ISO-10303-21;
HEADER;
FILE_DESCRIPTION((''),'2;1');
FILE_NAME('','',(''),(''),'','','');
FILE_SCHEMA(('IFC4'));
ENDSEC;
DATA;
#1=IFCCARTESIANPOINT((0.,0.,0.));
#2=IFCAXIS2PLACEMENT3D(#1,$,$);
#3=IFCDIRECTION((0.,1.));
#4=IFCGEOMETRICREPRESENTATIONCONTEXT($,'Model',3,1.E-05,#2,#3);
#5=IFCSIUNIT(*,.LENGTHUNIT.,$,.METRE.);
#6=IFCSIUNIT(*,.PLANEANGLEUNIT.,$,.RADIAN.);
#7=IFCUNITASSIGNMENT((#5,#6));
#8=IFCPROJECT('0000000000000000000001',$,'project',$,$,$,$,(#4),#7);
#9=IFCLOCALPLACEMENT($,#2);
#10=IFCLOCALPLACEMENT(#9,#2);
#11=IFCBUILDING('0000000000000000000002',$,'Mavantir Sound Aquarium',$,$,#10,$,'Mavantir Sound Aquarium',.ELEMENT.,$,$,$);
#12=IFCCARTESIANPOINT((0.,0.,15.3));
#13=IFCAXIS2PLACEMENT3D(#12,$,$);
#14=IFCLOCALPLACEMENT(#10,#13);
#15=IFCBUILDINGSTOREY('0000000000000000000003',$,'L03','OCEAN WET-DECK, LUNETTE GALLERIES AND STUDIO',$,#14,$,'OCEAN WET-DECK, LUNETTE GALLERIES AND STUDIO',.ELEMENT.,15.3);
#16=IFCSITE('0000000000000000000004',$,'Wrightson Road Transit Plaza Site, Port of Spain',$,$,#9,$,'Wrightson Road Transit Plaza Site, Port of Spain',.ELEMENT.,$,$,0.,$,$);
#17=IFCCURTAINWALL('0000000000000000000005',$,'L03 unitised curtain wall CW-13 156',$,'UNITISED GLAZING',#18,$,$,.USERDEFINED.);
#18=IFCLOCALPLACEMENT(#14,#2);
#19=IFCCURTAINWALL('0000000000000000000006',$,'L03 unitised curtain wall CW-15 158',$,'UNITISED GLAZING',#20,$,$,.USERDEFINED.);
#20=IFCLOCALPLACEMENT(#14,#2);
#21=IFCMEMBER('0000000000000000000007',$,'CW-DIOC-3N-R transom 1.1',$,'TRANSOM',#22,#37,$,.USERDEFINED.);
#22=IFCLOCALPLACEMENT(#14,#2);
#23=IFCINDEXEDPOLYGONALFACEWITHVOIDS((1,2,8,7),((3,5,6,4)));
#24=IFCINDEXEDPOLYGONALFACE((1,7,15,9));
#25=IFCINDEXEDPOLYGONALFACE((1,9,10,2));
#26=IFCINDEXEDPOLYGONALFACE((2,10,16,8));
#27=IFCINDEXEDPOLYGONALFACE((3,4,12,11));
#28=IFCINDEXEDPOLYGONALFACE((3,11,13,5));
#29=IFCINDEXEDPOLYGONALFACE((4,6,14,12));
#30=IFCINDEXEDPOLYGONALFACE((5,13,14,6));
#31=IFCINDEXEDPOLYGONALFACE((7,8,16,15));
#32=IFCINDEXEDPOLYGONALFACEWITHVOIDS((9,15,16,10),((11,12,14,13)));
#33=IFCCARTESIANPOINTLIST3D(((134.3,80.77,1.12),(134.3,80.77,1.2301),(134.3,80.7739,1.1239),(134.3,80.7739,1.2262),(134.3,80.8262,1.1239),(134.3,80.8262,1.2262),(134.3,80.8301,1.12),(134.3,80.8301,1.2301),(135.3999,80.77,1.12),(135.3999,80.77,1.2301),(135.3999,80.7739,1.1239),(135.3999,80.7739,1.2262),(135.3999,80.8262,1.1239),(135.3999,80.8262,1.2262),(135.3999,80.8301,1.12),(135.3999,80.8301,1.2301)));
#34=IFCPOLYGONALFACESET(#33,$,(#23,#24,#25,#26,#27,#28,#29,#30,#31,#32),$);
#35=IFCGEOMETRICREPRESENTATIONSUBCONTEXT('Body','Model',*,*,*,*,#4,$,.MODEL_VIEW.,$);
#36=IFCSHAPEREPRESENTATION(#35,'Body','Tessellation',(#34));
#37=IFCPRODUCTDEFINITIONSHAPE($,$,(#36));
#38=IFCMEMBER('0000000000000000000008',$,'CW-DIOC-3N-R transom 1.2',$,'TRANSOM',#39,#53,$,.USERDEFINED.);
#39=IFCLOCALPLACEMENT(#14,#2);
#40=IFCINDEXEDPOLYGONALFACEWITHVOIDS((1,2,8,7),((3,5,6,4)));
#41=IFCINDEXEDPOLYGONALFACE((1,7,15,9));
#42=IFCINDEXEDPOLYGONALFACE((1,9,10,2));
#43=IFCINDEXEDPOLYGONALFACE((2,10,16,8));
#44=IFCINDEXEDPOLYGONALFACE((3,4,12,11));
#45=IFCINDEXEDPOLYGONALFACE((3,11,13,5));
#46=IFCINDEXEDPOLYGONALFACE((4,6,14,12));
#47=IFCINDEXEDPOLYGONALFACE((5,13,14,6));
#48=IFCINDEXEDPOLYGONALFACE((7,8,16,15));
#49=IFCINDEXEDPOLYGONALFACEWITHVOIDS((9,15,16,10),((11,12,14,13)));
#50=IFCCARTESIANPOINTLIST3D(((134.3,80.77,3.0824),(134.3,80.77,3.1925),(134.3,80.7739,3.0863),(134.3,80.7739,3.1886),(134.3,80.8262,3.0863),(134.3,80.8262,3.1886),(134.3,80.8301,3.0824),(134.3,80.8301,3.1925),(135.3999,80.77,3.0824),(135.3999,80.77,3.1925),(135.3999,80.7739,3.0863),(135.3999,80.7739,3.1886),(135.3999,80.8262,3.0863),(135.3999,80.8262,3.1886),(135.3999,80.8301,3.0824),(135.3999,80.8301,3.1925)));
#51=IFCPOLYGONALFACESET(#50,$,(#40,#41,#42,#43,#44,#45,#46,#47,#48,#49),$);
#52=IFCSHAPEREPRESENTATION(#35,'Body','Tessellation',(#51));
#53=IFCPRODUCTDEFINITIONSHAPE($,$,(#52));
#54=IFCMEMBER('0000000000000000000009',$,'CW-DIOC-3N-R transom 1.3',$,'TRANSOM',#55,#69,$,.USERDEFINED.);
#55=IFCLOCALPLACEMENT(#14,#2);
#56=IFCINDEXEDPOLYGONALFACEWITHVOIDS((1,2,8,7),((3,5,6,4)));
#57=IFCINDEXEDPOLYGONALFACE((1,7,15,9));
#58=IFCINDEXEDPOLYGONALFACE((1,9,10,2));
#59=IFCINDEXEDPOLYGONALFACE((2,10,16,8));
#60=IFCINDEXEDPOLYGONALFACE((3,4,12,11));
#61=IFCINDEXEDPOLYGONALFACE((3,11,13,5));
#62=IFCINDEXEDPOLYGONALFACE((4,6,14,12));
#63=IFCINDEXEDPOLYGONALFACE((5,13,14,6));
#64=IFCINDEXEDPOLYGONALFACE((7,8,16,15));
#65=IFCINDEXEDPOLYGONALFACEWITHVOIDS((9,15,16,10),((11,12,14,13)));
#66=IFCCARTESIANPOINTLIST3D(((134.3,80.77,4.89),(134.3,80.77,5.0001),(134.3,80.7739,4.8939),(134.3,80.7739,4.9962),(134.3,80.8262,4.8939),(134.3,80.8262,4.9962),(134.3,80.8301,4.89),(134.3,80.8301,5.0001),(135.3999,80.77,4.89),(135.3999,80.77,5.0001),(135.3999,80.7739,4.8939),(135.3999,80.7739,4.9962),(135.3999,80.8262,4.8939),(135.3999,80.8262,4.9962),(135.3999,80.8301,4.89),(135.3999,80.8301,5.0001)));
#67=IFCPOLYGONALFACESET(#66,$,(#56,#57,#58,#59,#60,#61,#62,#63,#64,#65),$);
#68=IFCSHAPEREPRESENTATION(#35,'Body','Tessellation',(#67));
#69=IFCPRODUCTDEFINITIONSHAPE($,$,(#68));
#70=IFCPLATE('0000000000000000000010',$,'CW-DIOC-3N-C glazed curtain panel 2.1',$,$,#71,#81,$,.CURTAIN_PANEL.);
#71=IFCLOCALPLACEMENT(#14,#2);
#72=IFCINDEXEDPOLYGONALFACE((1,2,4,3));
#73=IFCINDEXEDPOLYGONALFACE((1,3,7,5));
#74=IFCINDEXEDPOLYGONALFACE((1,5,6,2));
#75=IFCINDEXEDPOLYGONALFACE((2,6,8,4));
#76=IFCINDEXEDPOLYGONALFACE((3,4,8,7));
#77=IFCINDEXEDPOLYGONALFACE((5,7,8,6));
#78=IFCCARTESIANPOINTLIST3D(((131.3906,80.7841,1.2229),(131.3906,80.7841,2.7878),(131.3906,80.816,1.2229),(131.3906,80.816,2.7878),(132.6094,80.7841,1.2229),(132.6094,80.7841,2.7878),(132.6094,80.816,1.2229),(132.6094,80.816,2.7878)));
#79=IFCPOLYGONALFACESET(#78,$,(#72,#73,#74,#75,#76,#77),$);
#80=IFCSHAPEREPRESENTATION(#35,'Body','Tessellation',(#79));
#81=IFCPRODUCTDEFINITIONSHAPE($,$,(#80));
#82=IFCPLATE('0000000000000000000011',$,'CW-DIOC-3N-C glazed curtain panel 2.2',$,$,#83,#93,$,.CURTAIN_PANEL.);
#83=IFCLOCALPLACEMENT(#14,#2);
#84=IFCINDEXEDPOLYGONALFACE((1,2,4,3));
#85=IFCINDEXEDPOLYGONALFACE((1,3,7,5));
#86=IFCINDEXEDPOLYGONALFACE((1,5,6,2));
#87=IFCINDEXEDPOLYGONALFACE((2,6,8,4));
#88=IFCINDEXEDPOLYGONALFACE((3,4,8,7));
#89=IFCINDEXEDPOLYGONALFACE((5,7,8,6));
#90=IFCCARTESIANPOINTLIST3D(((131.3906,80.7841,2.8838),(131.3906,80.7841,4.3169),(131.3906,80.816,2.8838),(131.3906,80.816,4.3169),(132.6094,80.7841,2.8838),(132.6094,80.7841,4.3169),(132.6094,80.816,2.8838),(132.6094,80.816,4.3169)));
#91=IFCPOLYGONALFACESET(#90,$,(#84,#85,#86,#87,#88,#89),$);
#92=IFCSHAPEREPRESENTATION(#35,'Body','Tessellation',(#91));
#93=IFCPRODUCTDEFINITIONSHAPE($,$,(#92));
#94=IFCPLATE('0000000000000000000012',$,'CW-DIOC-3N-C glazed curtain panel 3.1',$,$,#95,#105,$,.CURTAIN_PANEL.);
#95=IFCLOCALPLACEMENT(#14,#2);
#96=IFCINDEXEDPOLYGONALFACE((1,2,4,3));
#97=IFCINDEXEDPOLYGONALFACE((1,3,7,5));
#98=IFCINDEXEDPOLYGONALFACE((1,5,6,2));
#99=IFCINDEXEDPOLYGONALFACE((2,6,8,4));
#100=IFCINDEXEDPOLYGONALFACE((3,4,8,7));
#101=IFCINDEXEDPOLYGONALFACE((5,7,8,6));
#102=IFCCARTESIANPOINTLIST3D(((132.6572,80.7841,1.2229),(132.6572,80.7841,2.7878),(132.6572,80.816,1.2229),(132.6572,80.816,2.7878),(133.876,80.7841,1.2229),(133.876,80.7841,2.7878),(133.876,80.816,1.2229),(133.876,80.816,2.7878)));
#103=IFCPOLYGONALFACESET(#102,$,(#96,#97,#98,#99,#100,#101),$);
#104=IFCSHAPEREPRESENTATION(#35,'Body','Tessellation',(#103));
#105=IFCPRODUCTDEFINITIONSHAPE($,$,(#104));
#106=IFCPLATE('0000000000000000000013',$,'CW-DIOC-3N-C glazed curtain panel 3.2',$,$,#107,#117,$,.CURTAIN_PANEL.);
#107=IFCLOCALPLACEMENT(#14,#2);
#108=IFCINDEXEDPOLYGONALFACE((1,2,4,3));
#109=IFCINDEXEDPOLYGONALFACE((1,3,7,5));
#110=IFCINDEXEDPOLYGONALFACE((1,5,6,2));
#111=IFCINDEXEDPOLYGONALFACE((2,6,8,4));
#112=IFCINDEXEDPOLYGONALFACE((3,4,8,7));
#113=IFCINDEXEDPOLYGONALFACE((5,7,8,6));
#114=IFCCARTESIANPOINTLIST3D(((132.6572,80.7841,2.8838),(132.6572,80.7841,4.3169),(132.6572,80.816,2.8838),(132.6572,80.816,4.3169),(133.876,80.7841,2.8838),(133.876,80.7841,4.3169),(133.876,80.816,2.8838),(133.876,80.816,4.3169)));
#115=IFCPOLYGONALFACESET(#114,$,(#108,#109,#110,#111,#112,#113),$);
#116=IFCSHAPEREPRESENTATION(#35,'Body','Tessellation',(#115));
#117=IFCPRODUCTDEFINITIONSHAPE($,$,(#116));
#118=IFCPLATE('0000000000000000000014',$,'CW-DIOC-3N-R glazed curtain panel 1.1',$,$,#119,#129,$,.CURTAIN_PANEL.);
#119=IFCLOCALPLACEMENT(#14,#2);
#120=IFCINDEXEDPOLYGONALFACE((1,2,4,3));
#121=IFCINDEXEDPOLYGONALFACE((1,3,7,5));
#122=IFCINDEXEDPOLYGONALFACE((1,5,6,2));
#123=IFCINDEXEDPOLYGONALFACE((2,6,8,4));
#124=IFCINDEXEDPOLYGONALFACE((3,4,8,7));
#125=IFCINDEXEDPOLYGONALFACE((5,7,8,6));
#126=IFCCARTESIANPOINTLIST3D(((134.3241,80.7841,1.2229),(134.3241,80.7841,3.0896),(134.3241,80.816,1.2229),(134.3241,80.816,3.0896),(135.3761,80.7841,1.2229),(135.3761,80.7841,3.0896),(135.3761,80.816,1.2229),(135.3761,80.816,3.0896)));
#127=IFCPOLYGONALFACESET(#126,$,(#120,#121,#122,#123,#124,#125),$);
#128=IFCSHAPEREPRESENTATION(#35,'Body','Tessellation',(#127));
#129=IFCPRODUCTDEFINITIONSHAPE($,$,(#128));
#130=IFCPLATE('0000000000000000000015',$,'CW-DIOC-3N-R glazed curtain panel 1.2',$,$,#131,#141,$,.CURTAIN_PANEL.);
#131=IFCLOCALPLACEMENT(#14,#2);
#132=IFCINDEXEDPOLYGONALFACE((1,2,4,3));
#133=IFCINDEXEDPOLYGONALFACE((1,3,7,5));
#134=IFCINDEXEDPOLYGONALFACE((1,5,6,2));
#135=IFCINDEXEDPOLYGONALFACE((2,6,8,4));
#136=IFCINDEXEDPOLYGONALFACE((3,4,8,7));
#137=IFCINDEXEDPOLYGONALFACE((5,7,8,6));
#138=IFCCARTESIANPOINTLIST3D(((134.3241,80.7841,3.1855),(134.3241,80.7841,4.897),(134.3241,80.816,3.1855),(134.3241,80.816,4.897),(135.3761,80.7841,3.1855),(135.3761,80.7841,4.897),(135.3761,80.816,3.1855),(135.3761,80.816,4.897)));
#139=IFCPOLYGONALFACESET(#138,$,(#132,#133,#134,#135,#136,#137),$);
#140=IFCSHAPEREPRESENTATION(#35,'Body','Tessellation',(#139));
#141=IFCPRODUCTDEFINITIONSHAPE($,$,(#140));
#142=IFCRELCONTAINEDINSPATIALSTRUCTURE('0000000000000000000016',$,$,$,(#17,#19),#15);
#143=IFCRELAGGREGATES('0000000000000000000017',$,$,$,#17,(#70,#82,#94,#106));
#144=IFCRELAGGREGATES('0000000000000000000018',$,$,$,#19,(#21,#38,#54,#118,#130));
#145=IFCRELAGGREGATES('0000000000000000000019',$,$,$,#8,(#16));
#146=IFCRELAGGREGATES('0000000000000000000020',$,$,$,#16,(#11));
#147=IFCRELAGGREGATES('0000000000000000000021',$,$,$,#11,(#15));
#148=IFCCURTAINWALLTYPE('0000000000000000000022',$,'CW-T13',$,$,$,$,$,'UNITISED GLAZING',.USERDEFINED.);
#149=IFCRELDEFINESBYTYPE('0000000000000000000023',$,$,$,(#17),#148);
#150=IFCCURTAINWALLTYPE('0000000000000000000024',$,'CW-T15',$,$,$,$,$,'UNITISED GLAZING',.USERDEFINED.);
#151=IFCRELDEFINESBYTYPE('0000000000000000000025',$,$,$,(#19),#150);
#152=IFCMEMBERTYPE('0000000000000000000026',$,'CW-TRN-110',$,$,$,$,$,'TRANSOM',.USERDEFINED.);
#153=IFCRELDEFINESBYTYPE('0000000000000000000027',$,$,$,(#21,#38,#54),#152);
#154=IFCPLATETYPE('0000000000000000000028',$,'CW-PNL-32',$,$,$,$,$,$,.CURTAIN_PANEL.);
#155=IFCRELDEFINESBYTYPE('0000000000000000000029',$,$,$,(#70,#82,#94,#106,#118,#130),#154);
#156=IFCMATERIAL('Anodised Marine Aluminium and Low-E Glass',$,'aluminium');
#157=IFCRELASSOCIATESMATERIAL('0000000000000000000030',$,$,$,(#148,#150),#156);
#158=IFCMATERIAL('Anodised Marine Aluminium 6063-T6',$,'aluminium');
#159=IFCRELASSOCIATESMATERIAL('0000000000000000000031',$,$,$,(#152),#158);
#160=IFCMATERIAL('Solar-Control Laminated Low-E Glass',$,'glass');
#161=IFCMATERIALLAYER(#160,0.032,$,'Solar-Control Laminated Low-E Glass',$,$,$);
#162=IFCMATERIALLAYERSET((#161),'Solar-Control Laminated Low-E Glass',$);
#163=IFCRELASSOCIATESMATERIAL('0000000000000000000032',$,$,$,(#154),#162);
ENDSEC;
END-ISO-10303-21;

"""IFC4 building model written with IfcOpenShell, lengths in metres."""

from ifc_helpers import new_model, si_unit, direction, frame, origin, origin_2d, place, context, subcontext, project, spatial, rectangle, hollow_rectangle, extrude, material, layer, layer_set, material_profile, profile_set, type_object, element, aggregate, save


model = new_model("IFC4")

# Units and contexts
model_context = context("Model", 3, precision=1e-05, world=origin(), true_north=direction((0.0, 1.0)))
body_context = subcontext(model_context, "Body", "Model", "MODEL_VIEW")
ifc_project = project(units=[si_unit("LENGTHUNIT", "METRE"), si_unit("PLANEANGLEUNIT", "RADIAN")], contexts=[model_context])

# Site, building, storey
site_placement = place(None, origin())
site = spatial("IfcSite", under=ifc_project, at=site_placement, Name="Wrightson Road Transit Plaza Site, Port of Spain", LongName="Wrightson Road Transit Plaza Site, Port of Spain", CompositionType="ELEMENT", RefElevation=0.0)
building_placement = place(site_placement, origin())
building = spatial("IfcBuilding", under=site, at=building_placement, Name="Mavantir Sound Aquarium", LongName="Mavantir Sound Aquarium", CompositionType="ELEMENT")
storey_placement = place(building_placement, frame((0.0, 0.0, 15.3)))
storey = spatial("IfcBuildingStorey", under=building, at=storey_placement, Name="L03", Description="OCEAN WET-DECK, LUNETTE GALLERIES AND STUDIO", LongName="OCEAN WET-DECK, LUNETTE GALLERIES AND STUDIO", CompositionType="ELEMENT", Elevation=15.3)

# Curtain walls
ifc_material_1 = material(Name="Anodised Marine Aluminium and Low-E Glass", Category="aluminium")
curtain_wall_type_1 = type_object("IfcCurtainWallType", Name="CW-T13", ElementType="UNITISED GLAZING", PredefinedType="USERDEFINED", material=ifc_material_1)
curtain_wall_1_placement = place(storey_placement, origin())
curtain_wall_1 = element("IfcCurtainWall", 1, at=curtain_wall_1_placement, inside=storey, type_object=curtain_wall_type_1, Name="L03 unitised curtain wall CW-13 156", ObjectType="UNITISED GLAZING", PredefinedType="USERDEFINED")
ifc_material_2 = material(Name="Anodised Marine Aluminium 6063-T6", Category="aluminium")
curtain_wall_type_2 = type_object("IfcCurtainWallType", Name="CW-T15", ElementType="UNITISED GLAZING", PredefinedType="USERDEFINED", material=ifc_material_1)
curtain_wall_2_placement = place(storey_placement, origin())
curtain_wall_2 = element("IfcCurtainWall", 2, at=curtain_wall_2_placement, inside=storey, type_object=curtain_wall_type_2, Name="L03 unitised curtain wall CW-15 158", ObjectType="UNITISED GLAZING", PredefinedType="USERDEFINED")

# Members
ifc_material_profile_1 = material_profile(ifc_material_2, hollow_rectangle(XDim=0.0601, YDim=0.1101, WallThickness=0.0039, at=origin_2d()), Name="ALU-TRANSOM-110X60")
ifc_profile_set_1 = profile_set([ifc_material_profile_1], Name="Anodised Marine Aluminium 6063-T6")
member_type_1 = type_object("IfcMemberType", Name="CW-TRN-110", ElementType="TRANSOM", PredefinedType="USERDEFINED", material=ifc_profile_set_1)
member_1_placement = place(storey_placement, frame((134.3, 80.8, 1.175), z_axis=(1.0, 0.0, 0.0), x_axis=(0.0, 1.0, 0.0)))
member_1 = element("IfcMember", 3, at=member_1_placement, type_object=member_type_1, Name="CW-DIOC-3N-R transom 1.1", ObjectType="TRANSOM", PredefinedType="USERDEFINED", context=body_context, shape_type="SweptSolid", body=[
    extrude(hollow_rectangle(XDim=0.0601, YDim=0.1101, WallThickness=0.0039, at=origin_2d()), origin(), (0.0, 0.0, 1.0), 1.0999),
])
member_2_placement = place(storey_placement, frame((134.3, 80.8, 3.1375), z_axis=(1.0, 0.0, 0.0), x_axis=(0.0, 1.0, 0.0)))
member_2 = element("IfcMember", 4, at=member_2_placement, type_object=member_type_1, Name="CW-DIOC-3N-R transom 1.2", ObjectType="TRANSOM", PredefinedType="USERDEFINED", context=body_context, shape_type="SweptSolid", body=[
    extrude(hollow_rectangle(XDim=0.0601, YDim=0.1101, WallThickness=0.0039, at=origin_2d()), origin(), (0.0, 0.0, 1.0), 1.0999),
])
member_3_placement = place(storey_placement, frame((134.3, 80.8, 4.9451), z_axis=(1.0, 0.0, 0.0), x_axis=(0.0, 1.0, 0.0)))
member_3 = element("IfcMember", 5, at=member_3_placement, type_object=member_type_1, Name="CW-DIOC-3N-R transom 1.3", ObjectType="TRANSOM", PredefinedType="USERDEFINED", context=body_context, shape_type="SweptSolid", body=[
    extrude(hollow_rectangle(XDim=0.0601, YDim=0.1101, WallThickness=0.0039, at=origin_2d()), origin(), (0.0, 0.0, 1.0), 1.0999),
])

# Plates
ifc_material_3 = material(Name="Solar-Control Laminated Low-E Glass", Category="glass")
ifc_layer = layer(ifc_material_3, 0.032, Name="Solar-Control Laminated Low-E Glass")
ifc_layer_set = layer_set([ifc_layer], Name="Solar-Control Laminated Low-E Glass")
plate_type = type_object("IfcPlateType", Name="CW-PNL-32", PredefinedType="CURTAIN_PANEL", material=ifc_layer_set)
plate_1_placement = place(storey_placement, frame((132.0, 80.8, 1.2229), z_axis=(0.0, 0.0, 1.0), x_axis=(1.0, 0.0, 0.0)))
plate_1 = element("IfcPlate", 6, at=plate_1_placement, type_object=plate_type, Name="CW-DIOC-3N-C glazed curtain panel 2.1", PredefinedType="CURTAIN_PANEL", context=body_context, shape_type="SweptSolid", body=[
    extrude(rectangle(XDim=1.2188, YDim=0.032, at=origin_2d()), origin(), (0.0, 0.0, 1.0), 1.5649),
])
plate_2_placement = place(storey_placement, frame((132.0, 80.8, 2.8838), z_axis=(0.0, 0.0, 1.0), x_axis=(1.0, 0.0, 0.0)))
plate_2 = element("IfcPlate", 7, at=plate_2_placement, type_object=plate_type, Name="CW-DIOC-3N-C glazed curtain panel 2.2", PredefinedType="CURTAIN_PANEL", context=body_context, shape_type="SweptSolid", body=[
    extrude(rectangle(XDim=1.2188, YDim=0.032, at=origin_2d()), origin(), (0.0, 0.0, 1.0), 1.4331),
])
plate_3_placement = place(storey_placement, frame((133.2666, 80.8, 1.2229), z_axis=(0.0, 0.0, 1.0), x_axis=(1.0, 0.0, 0.0)))
plate_3 = element("IfcPlate", 8, at=plate_3_placement, type_object=plate_type, Name="CW-DIOC-3N-C glazed curtain panel 3.1", PredefinedType="CURTAIN_PANEL", context=body_context, shape_type="SweptSolid", body=[
    extrude(rectangle(XDim=1.2188, YDim=0.032, at=origin_2d()), origin(), (0.0, 0.0, 1.0), 1.5649),
])
plate_4_placement = place(storey_placement, frame((133.2666, 80.8, 2.8838), z_axis=(0.0, 0.0, 1.0), x_axis=(1.0, 0.0, 0.0)))
plate_4 = element("IfcPlate", 9, at=plate_4_placement, type_object=plate_type, Name="CW-DIOC-3N-C glazed curtain panel 3.2", PredefinedType="CURTAIN_PANEL", context=body_context, shape_type="SweptSolid", body=[
    extrude(rectangle(XDim=1.2188, YDim=0.032, at=origin_2d()), origin(), (0.0, 0.0, 1.0), 1.4331),
])
aggregate(curtain_wall_1, [plate_1, plate_2, plate_3, plate_4])
plate_5_placement = place(storey_placement, frame((134.8501, 80.8, 1.2229), z_axis=(0.0, 0.0, 1.0), x_axis=(1.0, 0.0, 0.0)))
plate_5 = element("IfcPlate", 10, at=plate_5_placement, type_object=plate_type, Name="CW-DIOC-3N-R glazed curtain panel 1.1", PredefinedType="CURTAIN_PANEL", context=body_context, shape_type="SweptSolid", body=[
    extrude(rectangle(XDim=1.052, YDim=0.032, at=origin_2d()), origin(), (0.0, 0.0, 1.0), 1.8667),
])
plate_6_placement = place(storey_placement, frame((134.8501, 80.8, 3.1855), z_axis=(0.0, 0.0, 1.0), x_axis=(1.0, 0.0, 0.0)))
plate_6 = element("IfcPlate", 11, at=plate_6_placement, type_object=plate_type, Name="CW-DIOC-3N-R glazed curtain panel 1.2", PredefinedType="CURTAIN_PANEL", context=body_context, shape_type="SweptSolid", body=[
    extrude(rectangle(XDim=1.052, YDim=0.032, at=origin_2d()), origin(), (0.0, 0.0, 1.0), 1.7114),
])
aggregate(curtain_wall_2, [member_1, member_2, member_3, plate_5, plate_6])

save(model, "model.ifc")
